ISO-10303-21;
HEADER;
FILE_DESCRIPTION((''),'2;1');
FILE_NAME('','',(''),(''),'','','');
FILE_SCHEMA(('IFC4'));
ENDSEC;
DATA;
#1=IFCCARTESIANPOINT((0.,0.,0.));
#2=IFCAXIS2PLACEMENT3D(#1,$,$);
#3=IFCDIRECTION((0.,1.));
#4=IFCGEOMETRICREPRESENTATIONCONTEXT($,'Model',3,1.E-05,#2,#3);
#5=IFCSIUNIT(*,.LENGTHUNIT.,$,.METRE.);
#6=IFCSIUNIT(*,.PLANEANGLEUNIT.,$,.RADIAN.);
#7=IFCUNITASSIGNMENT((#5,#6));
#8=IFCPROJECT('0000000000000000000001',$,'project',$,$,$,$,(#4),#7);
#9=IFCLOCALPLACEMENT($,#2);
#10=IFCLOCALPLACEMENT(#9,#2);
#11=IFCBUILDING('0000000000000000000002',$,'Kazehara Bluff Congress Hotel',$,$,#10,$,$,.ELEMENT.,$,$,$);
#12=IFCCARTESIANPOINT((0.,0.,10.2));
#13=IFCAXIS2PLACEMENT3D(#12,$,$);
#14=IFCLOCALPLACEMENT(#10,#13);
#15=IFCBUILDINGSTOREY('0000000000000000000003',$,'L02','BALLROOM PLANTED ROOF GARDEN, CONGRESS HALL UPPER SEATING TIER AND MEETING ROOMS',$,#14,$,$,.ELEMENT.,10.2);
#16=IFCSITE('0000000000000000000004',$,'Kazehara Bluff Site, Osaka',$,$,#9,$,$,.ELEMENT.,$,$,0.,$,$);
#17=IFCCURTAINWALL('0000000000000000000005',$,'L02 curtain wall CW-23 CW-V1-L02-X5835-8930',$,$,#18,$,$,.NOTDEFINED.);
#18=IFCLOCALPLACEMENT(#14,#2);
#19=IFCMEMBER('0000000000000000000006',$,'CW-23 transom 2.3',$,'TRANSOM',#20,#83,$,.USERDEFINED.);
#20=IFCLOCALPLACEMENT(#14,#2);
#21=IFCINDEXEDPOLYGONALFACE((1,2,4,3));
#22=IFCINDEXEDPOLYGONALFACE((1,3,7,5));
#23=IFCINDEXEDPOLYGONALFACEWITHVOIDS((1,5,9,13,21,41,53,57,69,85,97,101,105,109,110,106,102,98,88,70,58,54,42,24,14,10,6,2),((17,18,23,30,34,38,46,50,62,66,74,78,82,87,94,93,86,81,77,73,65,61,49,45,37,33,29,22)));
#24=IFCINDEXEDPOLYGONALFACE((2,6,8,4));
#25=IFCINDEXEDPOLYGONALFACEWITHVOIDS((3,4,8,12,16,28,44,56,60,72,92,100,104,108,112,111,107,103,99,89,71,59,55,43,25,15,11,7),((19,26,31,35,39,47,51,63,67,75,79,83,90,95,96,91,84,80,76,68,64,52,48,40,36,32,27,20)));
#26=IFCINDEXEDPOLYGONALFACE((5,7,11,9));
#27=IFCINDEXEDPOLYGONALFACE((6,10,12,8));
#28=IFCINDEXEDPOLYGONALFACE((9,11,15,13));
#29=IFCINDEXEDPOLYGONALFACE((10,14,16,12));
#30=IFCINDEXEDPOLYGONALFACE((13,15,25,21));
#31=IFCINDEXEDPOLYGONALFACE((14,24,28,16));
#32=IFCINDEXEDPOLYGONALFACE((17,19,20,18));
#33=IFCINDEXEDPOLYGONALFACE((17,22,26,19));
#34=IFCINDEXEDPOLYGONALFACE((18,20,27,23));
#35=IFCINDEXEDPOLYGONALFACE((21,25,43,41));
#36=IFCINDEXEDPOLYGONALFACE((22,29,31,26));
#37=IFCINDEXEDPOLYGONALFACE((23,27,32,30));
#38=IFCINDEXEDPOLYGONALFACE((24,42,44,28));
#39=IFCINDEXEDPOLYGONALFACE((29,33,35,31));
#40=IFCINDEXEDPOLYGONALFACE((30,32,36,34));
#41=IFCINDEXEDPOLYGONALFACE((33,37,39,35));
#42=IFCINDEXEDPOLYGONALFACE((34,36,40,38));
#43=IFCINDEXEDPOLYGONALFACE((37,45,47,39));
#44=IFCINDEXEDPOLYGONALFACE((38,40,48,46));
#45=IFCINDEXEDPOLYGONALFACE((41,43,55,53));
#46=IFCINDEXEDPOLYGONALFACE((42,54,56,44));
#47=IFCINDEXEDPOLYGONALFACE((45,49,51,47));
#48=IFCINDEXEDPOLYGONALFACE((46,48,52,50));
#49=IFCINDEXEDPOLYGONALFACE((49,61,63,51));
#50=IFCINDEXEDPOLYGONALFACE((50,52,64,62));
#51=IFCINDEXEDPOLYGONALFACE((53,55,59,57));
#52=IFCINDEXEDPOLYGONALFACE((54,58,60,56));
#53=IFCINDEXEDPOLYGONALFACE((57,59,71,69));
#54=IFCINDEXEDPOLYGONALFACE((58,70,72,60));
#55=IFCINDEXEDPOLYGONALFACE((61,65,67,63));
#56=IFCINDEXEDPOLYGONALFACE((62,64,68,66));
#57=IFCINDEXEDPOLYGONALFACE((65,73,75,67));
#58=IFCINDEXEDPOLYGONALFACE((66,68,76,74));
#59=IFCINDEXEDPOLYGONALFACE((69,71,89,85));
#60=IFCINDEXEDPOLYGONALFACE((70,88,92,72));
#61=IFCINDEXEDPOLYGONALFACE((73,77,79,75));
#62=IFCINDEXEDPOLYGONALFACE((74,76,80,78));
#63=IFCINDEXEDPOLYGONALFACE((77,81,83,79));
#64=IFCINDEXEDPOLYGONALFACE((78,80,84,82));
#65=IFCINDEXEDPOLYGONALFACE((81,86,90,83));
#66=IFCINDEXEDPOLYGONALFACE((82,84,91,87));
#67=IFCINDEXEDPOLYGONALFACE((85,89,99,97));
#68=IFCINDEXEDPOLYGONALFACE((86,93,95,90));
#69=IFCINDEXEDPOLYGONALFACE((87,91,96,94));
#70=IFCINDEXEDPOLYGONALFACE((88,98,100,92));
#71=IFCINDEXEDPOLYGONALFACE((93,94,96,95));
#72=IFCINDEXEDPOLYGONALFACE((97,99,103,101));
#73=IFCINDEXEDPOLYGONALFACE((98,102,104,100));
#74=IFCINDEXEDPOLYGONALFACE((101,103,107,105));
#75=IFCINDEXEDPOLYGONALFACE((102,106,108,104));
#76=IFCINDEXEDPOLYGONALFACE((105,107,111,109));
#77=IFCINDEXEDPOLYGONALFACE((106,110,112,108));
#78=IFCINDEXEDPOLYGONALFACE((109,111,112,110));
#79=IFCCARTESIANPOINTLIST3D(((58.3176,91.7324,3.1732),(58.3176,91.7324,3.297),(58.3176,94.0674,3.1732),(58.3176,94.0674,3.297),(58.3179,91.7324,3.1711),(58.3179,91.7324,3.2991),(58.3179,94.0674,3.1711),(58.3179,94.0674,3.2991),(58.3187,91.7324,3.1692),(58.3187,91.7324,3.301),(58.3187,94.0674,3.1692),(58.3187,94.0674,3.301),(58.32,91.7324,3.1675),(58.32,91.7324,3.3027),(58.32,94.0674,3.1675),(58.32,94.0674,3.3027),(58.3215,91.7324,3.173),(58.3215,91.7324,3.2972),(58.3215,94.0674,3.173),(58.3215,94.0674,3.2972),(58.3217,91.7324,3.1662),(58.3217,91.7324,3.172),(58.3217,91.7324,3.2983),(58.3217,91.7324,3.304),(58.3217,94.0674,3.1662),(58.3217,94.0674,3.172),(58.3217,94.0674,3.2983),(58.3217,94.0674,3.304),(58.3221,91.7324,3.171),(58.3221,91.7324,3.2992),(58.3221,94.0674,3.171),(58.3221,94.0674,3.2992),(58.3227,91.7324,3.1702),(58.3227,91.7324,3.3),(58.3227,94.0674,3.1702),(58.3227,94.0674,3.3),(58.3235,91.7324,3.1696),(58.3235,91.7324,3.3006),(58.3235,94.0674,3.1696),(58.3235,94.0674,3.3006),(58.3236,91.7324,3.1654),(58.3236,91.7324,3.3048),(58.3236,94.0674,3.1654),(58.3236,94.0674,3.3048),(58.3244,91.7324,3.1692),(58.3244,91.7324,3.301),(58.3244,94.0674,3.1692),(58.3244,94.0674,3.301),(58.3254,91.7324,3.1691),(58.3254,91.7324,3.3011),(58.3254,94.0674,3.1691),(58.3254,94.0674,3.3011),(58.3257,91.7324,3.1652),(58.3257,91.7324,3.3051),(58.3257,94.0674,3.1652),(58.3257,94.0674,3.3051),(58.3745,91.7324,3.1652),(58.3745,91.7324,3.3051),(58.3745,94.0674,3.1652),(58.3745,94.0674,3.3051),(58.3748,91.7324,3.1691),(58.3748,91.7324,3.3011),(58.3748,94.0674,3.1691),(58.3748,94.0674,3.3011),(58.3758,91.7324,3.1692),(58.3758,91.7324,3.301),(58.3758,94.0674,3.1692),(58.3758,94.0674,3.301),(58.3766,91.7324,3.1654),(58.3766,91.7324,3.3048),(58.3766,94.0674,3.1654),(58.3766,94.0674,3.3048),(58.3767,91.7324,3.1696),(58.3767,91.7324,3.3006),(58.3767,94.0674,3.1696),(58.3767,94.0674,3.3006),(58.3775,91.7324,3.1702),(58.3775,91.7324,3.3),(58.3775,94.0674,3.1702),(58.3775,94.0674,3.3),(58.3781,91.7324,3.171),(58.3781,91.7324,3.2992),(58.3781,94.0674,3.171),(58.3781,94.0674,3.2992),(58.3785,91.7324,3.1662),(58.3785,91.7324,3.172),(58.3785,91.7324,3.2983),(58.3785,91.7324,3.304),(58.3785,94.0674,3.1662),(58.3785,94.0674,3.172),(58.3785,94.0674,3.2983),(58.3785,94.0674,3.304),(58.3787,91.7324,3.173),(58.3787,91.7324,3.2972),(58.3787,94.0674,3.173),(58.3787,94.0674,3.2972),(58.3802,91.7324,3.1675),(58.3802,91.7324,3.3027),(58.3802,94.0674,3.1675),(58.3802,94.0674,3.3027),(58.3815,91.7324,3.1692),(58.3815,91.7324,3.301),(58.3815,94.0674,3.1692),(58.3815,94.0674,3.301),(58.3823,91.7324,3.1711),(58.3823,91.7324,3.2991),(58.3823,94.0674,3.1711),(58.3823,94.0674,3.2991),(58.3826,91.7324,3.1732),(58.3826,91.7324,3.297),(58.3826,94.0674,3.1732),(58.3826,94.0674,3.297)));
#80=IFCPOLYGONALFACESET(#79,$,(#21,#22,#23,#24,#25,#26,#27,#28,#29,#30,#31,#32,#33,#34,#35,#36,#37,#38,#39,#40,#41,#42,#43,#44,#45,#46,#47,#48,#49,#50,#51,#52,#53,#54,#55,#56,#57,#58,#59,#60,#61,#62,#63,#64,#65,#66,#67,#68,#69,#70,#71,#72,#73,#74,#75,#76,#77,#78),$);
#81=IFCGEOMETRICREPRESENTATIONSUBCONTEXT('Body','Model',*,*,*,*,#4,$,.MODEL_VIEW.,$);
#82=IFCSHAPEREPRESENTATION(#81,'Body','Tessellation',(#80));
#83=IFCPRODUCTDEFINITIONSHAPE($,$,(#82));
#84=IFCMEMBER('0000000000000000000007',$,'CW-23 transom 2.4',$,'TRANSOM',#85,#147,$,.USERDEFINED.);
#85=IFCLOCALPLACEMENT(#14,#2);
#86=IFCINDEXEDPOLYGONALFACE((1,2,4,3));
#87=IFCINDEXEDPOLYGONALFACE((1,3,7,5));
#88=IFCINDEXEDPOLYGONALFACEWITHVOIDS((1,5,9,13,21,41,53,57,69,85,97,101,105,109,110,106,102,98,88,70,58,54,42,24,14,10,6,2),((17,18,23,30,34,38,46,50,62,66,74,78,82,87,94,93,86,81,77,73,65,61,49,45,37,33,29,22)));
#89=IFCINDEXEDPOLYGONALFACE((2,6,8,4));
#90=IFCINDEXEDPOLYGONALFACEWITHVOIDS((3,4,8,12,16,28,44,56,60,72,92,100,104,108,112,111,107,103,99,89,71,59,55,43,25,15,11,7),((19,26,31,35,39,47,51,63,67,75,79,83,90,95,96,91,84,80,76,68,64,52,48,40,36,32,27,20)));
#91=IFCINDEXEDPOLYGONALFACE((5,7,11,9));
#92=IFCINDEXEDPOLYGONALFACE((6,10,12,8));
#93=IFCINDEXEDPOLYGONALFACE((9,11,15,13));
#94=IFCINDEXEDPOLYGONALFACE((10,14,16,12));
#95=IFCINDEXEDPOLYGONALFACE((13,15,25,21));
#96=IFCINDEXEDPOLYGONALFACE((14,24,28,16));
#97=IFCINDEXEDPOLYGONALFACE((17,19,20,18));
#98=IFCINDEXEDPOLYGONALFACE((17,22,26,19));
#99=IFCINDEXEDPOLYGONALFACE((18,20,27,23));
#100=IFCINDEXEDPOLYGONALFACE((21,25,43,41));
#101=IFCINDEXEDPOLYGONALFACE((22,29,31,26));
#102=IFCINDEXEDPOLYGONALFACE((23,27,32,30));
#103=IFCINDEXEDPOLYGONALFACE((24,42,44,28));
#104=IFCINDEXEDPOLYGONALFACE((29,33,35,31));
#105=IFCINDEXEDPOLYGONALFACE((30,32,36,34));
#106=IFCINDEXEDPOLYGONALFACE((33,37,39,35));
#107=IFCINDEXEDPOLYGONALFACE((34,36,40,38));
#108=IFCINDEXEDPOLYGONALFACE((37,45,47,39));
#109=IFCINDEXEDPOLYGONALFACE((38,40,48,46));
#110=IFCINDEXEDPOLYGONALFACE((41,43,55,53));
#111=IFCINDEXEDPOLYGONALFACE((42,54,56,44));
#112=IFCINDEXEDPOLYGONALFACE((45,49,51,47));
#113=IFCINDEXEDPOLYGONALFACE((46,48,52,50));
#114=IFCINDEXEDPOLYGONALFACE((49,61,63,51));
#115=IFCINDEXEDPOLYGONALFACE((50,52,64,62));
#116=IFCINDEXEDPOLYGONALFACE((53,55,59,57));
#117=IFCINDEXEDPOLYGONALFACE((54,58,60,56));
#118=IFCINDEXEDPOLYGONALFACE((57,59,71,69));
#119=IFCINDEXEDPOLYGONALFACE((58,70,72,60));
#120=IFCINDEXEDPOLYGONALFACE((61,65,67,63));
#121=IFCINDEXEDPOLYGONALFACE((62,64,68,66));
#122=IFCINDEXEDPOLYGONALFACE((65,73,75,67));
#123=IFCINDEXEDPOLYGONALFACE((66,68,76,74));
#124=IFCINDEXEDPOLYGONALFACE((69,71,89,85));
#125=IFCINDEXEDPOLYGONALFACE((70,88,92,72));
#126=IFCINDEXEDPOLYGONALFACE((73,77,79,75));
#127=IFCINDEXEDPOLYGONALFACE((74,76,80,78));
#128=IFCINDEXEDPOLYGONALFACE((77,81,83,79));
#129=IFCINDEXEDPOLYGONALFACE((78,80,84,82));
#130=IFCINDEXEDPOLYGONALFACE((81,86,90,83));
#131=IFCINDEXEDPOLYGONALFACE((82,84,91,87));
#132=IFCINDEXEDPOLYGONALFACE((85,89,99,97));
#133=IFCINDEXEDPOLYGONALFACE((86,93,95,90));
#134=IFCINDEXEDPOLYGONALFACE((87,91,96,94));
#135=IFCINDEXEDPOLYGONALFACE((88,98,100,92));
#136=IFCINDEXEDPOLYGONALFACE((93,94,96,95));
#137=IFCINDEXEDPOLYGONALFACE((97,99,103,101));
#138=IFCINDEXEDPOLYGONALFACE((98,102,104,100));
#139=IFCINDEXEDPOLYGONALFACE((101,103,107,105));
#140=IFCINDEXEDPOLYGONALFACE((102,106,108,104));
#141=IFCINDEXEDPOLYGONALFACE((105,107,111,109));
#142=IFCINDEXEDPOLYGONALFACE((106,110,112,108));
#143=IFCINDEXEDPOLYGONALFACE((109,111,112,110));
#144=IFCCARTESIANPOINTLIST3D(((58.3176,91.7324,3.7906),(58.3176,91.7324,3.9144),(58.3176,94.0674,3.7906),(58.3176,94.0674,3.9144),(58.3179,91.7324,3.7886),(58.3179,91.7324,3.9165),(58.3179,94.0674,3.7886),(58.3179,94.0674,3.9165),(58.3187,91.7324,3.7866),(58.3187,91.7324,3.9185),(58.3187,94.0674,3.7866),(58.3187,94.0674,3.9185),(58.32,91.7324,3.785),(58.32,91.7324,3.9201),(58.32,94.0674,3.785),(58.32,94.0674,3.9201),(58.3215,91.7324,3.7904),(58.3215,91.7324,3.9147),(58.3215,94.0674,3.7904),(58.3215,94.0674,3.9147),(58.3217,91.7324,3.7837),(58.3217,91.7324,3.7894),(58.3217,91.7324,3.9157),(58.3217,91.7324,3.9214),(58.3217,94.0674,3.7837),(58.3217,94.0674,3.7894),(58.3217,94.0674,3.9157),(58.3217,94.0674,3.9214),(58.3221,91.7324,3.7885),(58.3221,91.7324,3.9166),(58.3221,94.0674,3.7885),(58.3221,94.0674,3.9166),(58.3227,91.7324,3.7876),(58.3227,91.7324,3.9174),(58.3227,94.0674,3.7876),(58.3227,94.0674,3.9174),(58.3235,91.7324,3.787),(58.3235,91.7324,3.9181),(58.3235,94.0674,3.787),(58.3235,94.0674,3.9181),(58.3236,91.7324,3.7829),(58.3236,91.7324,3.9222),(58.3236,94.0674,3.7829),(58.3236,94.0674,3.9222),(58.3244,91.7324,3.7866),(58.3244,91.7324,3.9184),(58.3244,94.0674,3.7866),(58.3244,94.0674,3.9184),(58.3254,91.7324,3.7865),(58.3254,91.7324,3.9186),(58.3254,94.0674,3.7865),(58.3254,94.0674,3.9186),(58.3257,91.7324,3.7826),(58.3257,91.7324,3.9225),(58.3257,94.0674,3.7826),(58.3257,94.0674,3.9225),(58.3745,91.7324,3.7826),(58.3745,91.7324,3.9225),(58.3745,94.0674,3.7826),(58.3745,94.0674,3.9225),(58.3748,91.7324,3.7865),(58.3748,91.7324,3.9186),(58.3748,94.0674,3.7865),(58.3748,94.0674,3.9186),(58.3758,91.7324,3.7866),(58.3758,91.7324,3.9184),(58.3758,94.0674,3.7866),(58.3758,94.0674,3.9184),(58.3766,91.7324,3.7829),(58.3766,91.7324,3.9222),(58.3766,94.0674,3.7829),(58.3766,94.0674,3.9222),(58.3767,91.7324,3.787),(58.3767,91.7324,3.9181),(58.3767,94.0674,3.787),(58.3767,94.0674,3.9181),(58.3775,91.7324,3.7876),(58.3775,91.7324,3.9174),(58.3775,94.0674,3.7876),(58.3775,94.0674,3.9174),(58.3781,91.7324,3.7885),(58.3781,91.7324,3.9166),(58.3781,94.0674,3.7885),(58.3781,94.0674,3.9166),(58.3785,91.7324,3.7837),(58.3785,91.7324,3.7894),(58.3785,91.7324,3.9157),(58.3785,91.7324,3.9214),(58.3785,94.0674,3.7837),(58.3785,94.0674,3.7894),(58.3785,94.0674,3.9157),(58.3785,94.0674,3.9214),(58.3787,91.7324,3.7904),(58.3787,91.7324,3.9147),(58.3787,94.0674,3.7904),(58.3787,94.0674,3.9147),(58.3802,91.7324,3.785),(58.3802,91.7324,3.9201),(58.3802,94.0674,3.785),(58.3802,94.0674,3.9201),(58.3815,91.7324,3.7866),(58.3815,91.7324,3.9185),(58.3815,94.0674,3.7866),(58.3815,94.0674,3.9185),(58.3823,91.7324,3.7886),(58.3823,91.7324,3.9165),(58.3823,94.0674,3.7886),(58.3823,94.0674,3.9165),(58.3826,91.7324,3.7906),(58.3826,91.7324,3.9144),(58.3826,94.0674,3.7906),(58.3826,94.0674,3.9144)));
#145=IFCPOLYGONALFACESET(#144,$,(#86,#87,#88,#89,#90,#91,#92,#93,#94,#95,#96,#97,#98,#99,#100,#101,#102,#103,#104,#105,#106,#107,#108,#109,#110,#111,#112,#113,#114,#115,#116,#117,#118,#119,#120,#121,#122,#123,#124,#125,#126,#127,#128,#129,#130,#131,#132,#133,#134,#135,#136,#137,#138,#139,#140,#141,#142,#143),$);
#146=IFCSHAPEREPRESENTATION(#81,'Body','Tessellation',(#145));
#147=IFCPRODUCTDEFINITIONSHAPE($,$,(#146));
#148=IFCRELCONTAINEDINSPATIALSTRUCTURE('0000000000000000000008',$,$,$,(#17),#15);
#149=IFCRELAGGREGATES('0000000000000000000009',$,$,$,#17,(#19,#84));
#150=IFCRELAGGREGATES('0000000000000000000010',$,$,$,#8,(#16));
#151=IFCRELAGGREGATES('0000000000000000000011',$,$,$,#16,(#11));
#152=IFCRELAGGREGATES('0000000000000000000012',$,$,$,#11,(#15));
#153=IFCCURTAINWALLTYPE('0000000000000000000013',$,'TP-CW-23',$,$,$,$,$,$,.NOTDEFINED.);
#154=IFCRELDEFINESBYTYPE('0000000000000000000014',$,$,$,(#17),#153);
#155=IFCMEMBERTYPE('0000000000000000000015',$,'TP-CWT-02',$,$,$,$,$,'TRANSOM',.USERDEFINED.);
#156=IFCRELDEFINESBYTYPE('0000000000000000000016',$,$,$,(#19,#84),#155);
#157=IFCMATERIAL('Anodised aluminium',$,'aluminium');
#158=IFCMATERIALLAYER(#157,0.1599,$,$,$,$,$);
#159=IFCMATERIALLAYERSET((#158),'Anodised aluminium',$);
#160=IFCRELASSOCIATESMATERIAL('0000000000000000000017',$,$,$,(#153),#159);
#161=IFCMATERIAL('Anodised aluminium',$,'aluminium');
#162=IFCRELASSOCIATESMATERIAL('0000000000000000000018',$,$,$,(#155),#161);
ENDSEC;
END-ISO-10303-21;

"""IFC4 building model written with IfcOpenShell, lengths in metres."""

from ifc_helpers import new_model, si_unit, direction, frame, origin, origin_2d, place, context, subcontext, project, spatial, hollow_rectangle, extrude, material, layer, layer_set, material_profile, profile_set, type_object, element, aggregate, save


model = new_model("IFC4")

# Units and contexts
model_context = context("Model", 3, precision=1e-05, world=origin(), true_north=direction((0.0, 1.0)))
body_context = subcontext(model_context, "Body", "Model", "MODEL_VIEW")
ifc_project = project(units=[si_unit("LENGTHUNIT", "METRE"), si_unit("PLANEANGLEUNIT", "RADIAN")], contexts=[model_context])

# Site, building, storey
site_placement = place(None, origin())
site = spatial("IfcSite", under=ifc_project, at=site_placement, Name="Kazehara Bluff Site, Osaka", CompositionType="ELEMENT", RefElevation=0.0)
building_placement = place(site_placement, origin())
building = spatial("IfcBuilding", under=site, at=building_placement, Name="Kazehara Bluff Congress Hotel", CompositionType="ELEMENT")
storey_placement = place(building_placement, frame((0.0, 0.0, 10.2)))
storey = spatial("IfcBuildingStorey", under=building, at=storey_placement, Name="L02", Description="BALLROOM PLANTED ROOF GARDEN, CONGRESS HALL UPPER SEATING TIER AND MEETING ROOMS", CompositionType="ELEMENT", Elevation=10.2)

# Curtain wall
ifc_material_1 = material(Name="Anodised aluminium", Category="aluminium")
ifc_layer_1 = layer(ifc_material_1, 0.1599)
ifc_layer_set_1 = layer_set([ifc_layer_1], Name="Anodised aluminium")
curtain_wall_type_1 = type_object("IfcCurtainWallType", Name="TP-CW-23", PredefinedType="NOTDEFINED", material=ifc_layer_set_1)
curtain_wall_1_placement = place(storey_placement, origin())
curtain_wall_1 = element("IfcCurtainWall", 1, at=curtain_wall_1_placement, inside=storey, type_object=curtain_wall_type_1, Name="L02 curtain wall CW-23 CW-V1-L02-X5835-8930", PredefinedType="NOTDEFINED")

# Members
ifc_material_2 = material(Name="Anodised aluminium", Category="aluminium")
ifc_material_profile_1 = material_profile(ifc_material_2, hollow_rectangle(XDim=0.0649, YDim=0.1399, WallThickness=0.0039, InnerFilletRadius=0.0039, OuterFilletRadius=0.0081, at=origin_2d()))
ifc_profile_set_1 = profile_set([ifc_material_profile_1], Name="Anodised aluminium")
member_type_1 = type_object("IfcMemberType", Name="TP-CWT-02", ElementType="TRANSOM", PredefinedType="USERDEFINED", material=ifc_profile_set_1)
member_1_placement = place(storey_placement, frame((58.3501, 91.7324, 3.2351), z_axis=(0.0, 1.0, 0.0), x_axis=(-1.0, 0.0, 0.0)))
member_1 = element("IfcMember", 2, at=member_1_placement, type_object=member_type_1, Name="CW-23 transom 2.3", ObjectType="TRANSOM", PredefinedType="USERDEFINED", context=body_context, shape_type="SweptSolid", body=[
    extrude(hollow_rectangle(XDim=0.0649, YDim=0.1399, WallThickness=0.0039, InnerFilletRadius=0.0039, OuterFilletRadius=0.0081, at=origin_2d()), origin(), (0.0, 0.0, 1.0), 2.335),
])
member_2_placement = place(storey_placement, frame((58.3501, 91.7324, 3.8525), z_axis=(0.0, 1.0, 0.0), x_axis=(-1.0, 0.0, 0.0)))
member_2 = element("IfcMember", 3, at=member_2_placement, type_object=member_type_1, Name="CW-23 transom 2.4", ObjectType="TRANSOM", PredefinedType="USERDEFINED", context=body_context, shape_type="SweptSolid", body=[
    extrude(hollow_rectangle(XDim=0.0649, YDim=0.1399, WallThickness=0.0039, InnerFilletRadius=0.0039, OuterFilletRadius=0.0081, at=origin_2d()), origin(), (0.0, 0.0, 1.0), 2.335),
])

aggregate(curtain_wall_1, [member_1, member_2])

save(model, "model.ifc")
